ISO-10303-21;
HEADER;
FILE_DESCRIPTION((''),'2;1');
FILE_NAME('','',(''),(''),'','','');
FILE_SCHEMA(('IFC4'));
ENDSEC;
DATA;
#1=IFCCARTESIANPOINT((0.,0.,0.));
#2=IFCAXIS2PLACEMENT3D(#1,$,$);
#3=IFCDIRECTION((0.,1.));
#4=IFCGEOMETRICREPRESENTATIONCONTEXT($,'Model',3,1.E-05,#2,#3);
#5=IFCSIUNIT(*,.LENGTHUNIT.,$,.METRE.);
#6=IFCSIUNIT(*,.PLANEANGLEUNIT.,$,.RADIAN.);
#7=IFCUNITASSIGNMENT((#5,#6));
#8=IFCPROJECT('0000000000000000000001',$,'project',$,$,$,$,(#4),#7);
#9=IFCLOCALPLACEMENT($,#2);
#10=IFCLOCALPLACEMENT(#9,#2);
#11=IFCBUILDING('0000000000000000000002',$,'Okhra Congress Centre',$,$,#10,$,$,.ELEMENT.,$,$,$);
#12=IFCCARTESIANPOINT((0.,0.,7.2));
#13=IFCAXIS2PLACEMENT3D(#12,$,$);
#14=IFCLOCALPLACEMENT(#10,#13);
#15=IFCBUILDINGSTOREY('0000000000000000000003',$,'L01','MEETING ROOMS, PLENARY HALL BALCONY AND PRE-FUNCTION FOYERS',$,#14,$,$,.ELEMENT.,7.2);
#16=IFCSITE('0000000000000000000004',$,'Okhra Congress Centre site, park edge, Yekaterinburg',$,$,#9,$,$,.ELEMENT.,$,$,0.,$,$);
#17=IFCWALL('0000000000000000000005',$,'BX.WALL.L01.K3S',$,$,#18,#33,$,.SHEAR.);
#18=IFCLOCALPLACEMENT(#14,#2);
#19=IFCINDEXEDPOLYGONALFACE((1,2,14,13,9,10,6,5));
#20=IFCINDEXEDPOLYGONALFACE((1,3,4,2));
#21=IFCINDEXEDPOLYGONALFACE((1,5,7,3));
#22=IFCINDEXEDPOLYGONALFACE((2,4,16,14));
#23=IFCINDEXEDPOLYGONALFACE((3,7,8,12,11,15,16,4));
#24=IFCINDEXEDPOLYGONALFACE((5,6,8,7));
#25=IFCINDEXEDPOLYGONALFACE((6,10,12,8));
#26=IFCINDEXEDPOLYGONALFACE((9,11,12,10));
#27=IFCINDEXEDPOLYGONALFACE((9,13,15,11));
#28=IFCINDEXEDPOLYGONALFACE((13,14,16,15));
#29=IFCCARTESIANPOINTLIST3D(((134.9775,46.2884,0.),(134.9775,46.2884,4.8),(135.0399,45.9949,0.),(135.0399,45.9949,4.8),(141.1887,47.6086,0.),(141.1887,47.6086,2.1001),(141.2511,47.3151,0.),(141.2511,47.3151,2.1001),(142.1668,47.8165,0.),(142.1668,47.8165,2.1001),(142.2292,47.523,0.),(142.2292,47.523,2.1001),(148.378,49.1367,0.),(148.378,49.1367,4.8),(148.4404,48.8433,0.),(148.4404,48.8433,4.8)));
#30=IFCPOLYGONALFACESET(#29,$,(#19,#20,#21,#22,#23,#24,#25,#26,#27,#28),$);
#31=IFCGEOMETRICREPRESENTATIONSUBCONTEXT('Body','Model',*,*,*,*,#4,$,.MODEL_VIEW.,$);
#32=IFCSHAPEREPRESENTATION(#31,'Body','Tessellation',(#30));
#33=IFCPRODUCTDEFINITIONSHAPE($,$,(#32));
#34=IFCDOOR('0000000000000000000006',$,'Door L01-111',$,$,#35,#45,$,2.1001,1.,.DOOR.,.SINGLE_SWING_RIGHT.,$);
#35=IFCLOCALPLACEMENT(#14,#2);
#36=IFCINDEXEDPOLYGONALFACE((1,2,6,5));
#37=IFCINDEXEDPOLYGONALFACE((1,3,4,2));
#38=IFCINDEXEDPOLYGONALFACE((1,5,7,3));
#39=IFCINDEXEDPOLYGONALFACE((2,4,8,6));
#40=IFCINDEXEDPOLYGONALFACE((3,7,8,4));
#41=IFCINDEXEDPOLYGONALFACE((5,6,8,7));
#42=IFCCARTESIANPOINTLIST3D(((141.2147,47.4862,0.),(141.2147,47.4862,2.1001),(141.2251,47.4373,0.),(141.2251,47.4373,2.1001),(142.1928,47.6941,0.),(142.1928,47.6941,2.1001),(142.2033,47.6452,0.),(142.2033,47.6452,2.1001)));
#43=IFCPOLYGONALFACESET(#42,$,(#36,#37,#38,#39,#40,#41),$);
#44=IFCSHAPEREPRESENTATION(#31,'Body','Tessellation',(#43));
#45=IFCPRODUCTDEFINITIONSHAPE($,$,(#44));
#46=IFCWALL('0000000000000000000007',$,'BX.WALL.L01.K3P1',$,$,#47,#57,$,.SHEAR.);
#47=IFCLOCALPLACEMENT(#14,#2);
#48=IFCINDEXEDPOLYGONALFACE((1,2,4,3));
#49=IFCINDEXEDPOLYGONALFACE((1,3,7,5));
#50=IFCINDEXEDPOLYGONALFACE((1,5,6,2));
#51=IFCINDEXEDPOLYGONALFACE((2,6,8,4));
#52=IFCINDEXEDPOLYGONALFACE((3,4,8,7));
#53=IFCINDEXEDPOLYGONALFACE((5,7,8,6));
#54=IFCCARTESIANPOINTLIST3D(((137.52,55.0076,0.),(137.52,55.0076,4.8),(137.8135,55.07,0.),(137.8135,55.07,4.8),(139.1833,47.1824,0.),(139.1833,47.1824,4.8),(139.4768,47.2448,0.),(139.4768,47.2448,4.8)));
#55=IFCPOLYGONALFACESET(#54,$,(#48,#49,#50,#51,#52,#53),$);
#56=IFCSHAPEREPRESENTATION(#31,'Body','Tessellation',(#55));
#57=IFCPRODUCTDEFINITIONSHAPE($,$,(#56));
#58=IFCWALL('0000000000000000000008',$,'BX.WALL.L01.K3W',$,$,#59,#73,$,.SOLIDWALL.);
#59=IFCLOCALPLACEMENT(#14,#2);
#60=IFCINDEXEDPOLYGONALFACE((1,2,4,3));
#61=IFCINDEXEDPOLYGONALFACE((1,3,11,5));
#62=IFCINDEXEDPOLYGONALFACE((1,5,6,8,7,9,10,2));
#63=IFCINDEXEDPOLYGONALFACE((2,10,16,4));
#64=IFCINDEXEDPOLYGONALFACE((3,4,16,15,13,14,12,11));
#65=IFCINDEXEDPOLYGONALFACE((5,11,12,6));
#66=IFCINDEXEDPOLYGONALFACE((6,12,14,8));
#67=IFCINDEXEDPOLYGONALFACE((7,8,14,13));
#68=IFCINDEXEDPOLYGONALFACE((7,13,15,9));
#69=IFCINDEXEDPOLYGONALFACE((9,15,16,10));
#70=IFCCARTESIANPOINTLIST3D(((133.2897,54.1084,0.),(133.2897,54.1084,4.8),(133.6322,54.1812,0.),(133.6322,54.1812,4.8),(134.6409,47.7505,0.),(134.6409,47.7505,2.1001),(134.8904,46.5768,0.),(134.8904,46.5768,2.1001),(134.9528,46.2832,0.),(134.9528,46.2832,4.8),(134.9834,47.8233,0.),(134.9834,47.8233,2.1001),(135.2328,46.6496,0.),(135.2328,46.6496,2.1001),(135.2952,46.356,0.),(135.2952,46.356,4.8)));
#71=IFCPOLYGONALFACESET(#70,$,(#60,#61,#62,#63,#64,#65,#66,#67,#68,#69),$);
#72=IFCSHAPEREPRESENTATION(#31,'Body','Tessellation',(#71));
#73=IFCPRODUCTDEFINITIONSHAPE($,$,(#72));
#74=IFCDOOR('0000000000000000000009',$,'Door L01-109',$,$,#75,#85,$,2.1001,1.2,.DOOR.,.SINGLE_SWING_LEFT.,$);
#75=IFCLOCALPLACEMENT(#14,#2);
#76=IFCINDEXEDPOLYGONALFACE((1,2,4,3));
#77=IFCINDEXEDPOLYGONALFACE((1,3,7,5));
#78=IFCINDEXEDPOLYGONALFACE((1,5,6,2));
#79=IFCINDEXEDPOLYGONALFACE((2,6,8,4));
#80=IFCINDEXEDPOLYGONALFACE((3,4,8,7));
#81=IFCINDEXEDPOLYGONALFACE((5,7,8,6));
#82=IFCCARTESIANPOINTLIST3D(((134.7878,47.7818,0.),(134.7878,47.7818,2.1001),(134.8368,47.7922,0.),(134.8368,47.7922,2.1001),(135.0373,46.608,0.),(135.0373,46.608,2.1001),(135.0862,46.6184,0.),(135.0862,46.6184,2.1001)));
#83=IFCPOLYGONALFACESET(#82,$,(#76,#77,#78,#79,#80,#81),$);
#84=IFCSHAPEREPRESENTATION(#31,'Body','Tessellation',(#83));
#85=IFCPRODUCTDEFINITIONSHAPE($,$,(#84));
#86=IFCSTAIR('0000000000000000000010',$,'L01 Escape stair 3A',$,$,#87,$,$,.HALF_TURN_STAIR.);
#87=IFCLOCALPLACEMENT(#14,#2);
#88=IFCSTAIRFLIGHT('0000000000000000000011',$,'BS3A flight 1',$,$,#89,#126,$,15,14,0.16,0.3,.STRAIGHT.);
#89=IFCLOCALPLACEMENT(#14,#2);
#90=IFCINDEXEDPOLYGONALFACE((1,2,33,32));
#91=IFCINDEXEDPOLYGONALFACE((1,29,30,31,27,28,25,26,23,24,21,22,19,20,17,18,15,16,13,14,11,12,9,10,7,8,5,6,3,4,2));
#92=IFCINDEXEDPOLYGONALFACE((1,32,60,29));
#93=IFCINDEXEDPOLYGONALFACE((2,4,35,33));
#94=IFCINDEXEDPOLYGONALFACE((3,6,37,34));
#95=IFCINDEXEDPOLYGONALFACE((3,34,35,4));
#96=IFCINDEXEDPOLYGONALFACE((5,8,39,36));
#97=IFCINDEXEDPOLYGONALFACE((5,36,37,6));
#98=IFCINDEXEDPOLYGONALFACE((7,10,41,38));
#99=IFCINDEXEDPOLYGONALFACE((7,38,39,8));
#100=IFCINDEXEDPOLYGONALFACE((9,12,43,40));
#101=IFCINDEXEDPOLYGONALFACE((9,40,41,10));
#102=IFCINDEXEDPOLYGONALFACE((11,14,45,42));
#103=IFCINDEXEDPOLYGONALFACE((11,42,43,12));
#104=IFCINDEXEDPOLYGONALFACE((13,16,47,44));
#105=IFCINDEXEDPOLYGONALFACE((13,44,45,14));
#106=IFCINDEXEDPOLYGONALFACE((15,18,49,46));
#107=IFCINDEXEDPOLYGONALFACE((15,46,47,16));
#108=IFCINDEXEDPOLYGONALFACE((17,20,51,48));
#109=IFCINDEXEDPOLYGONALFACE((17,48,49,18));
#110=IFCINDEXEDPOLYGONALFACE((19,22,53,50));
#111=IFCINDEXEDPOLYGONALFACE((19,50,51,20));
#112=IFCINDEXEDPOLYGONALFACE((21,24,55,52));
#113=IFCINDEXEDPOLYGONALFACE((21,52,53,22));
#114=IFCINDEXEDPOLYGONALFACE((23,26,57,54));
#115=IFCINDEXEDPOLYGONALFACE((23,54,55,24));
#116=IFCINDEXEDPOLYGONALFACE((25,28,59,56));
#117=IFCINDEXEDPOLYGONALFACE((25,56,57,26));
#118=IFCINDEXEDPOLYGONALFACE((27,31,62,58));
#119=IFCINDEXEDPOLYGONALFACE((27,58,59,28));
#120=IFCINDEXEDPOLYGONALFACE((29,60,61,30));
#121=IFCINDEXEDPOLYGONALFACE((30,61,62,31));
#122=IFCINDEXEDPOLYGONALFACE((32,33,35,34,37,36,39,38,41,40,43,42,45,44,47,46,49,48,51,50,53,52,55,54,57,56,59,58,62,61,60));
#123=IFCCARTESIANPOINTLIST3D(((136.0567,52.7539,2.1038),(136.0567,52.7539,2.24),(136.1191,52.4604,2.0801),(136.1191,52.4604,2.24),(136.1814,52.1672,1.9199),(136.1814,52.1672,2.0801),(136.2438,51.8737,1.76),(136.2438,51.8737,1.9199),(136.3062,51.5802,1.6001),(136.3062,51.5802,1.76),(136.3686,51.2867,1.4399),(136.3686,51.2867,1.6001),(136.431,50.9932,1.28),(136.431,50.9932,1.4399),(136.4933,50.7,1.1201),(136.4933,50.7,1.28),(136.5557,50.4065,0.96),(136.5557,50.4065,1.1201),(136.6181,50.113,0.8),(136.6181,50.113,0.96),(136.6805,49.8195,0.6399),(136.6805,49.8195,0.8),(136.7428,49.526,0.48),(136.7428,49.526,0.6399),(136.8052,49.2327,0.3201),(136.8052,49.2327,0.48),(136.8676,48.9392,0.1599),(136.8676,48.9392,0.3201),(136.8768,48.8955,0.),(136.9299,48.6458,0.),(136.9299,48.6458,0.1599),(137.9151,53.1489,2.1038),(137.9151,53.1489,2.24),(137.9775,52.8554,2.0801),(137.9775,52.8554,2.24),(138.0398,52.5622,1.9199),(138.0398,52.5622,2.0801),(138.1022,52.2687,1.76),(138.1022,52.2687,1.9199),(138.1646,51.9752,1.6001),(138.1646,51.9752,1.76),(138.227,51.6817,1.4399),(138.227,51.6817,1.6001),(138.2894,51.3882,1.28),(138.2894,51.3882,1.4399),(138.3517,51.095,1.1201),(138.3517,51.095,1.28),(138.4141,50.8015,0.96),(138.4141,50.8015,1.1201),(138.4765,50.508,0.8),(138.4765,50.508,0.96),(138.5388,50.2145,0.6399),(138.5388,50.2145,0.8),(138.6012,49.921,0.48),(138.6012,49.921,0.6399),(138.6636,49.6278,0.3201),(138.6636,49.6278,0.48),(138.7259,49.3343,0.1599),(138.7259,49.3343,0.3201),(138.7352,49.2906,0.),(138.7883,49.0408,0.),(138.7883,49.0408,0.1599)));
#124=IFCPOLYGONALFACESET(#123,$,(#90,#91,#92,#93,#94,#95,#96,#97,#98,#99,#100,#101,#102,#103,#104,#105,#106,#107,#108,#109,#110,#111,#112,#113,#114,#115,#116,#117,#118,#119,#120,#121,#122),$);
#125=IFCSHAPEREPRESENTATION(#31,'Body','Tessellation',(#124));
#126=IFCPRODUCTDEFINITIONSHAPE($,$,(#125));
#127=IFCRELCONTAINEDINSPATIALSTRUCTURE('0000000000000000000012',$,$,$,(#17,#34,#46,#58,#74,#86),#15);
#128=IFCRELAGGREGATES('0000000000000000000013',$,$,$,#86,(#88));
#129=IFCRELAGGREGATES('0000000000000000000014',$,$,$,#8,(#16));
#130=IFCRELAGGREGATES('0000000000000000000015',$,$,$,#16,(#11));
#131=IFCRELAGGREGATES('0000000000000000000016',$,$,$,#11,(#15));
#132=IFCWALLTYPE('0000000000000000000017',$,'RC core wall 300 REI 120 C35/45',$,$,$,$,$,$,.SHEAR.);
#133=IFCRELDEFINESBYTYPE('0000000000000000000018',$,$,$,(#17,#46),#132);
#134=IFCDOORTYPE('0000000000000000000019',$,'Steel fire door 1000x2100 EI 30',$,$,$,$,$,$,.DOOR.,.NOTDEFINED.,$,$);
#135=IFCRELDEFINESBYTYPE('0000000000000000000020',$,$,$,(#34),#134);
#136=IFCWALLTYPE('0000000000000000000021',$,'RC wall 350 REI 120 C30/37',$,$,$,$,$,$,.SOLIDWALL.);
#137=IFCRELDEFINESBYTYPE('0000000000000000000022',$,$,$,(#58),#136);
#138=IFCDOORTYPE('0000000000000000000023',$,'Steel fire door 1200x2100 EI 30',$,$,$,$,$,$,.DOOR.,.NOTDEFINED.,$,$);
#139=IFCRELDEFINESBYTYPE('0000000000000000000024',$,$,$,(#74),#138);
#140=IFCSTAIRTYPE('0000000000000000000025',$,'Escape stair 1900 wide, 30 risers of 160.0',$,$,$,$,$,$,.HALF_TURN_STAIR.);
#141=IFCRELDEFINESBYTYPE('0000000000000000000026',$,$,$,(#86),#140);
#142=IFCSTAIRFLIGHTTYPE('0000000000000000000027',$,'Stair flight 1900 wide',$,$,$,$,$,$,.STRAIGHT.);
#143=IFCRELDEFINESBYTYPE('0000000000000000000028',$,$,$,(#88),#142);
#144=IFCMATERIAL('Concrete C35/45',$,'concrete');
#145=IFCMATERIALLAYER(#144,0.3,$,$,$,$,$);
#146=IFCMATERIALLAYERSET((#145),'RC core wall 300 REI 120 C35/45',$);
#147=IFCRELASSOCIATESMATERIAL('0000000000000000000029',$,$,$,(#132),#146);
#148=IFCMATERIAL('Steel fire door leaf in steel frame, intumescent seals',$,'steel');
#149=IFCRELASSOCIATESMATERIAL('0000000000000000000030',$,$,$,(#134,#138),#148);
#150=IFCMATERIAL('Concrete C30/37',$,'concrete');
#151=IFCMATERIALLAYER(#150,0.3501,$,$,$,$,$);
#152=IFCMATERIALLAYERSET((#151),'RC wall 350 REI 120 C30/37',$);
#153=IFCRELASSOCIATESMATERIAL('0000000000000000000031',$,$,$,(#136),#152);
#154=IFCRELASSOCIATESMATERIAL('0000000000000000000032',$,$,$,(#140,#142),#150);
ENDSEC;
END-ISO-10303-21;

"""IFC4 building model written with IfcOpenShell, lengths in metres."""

from ifc_helpers import new_model, si_unit, direction, frame, frame_2d, origin, place, context, subcontext, project, spatial, polyline, rectangle, outline, extrude, material, layer, layer_set, type_object, element, fill, aggregate, save


model = new_model("IFC4")

# Units and contexts
model_context = context("Model", 3, precision=1e-05, world=origin(), true_north=direction((0.0, 1.0)))
body_context = subcontext(model_context, "Body", "Model", "MODEL_VIEW")
ifc_project = project(units=[si_unit("LENGTHUNIT", "METRE"), si_unit("PLANEANGLEUNIT", "RADIAN")], contexts=[model_context])

# Site, building, storey
site_placement = place(None, origin())
site = spatial("IfcSite", under=ifc_project, at=site_placement, Name="Okhra Congress Centre site, park edge, Yekaterinburg", CompositionType="ELEMENT", RefElevation=0.0)
building_placement = place(site_placement, origin())
building = spatial("IfcBuilding", under=site, at=building_placement, Name="Okhra Congress Centre", CompositionType="ELEMENT")
storey_placement = place(building_placement, frame((0.0, 0.0, 7.2)))
storey = spatial("IfcBuildingStorey", under=building, at=storey_placement, Name="L01", Description="MEETING ROOMS, PLENARY HALL BALCONY AND PRE-FUNCTION FOYERS", CompositionType="ELEMENT", Elevation=7.2)

# Wall, opening, door
ifc_material_1 = material(Name="Concrete C35/45", Category="concrete")
ifc_layer_1 = layer(ifc_material_1, 0.3)
ifc_layer_set_1 = layer_set([ifc_layer_1], Name="RC core wall 300 REI 120 C35/45")
wall_type_1 = type_object("IfcWallType", Name="RC core wall 300 REI 120 C35/45", PredefinedType="SHEAR", material=ifc_layer_set_1)
wall_1_placement = place(storey_placement, frame((135.0085, 46.1416, 0.0), z_axis=(0.0, 0.0, 1.0), x_axis=(0.978148, 0.207911, 0.0)))
wall_1 = element("IfcWall", 1, at=wall_1_placement, inside=storey, type_object=wall_type_1, Name="BX.WALL.L01.K3S", PredefinedType="SHEAR", context=body_context, shape_type="SweptSolid", body=[
    extrude(rectangle(XDim=13.7, YDim=0.3, at=frame_2d((6.8501, 0.0))), origin(), (0.0, 0.0, 1.0), 4.8),
])
opening_1_placement = place(wall_1_placement, frame((6.3501, 0.0, 0.0)))
opening_1 = element("IfcOpeningElement", 2, at=opening_1_placement, cuts=wall_1, PredefinedType="OPENING", context=body_context, shape_type="SweptSolid", body=[
    extrude(rectangle(XDim=1.0, YDim=2.1001, at=frame_2d((0.5, 1.05))), frame((0.0, 0.1599, 0.0), z_axis=(0.0, -1.0, 0.0), x_axis=(1.0, 0.0, 0.0)), (0.0, 0.0, 1.0), 0.3201),
])
ifc_material_2 = material(Name="Steel fire door leaf in steel frame, intumescent seals", Category="steel")
door_type_1 = type_object("IfcDoorType", Name="Steel fire door 1000x2100 EI 30", OperationType="NOTDEFINED", PredefinedType="DOOR", material=ifc_material_2)
door_1_placement = place(opening_1_placement, origin())
door_1 = element("IfcDoor", 3, at=door_1_placement, inside=storey, type_object=door_type_1, Name="Door L01-111", OperationType="SINGLE_SWING_RIGHT", OverallHeight=2.1001, OverallWidth=1.0, PredefinedType="DOOR", context=body_context, shape_type="SweptSolid", body=[
    extrude(rectangle(XDim=1.0, YDim=2.1001, at=frame_2d((0.5, 1.05))), frame((0.0, 0.0249, 0.0), z_axis=(0.0, -1.0, 0.0), x_axis=(1.0, 0.0, 0.0)), (0.0, 0.0, 1.0), 0.05),
])
fill(opening_1, door_1)

# Wall
wall_2_placement = place(storey_placement, frame((139.3301, 47.2136, 0.0), z_axis=(0.0, 0.0, 1.0), x_axis=(-0.207916, 0.978147, 0.0)))
element("IfcWall", 4, at=wall_2_placement, inside=storey, type_object=wall_type_1, Name="BX.WALL.L01.K3P1", PredefinedType="SHEAR", context=body_context, shape_type="SweptSolid", body=[
    extrude(rectangle(XDim=8.0, YDim=0.3, at=frame_2d((4.0, 0.0))), origin(), (0.0, 0.0, 1.0), 4.8),
])

# Wall, opening, door
ifc_material_3 = material(Name="Concrete C30/37", Category="concrete")
ifc_layer_2 = layer(ifc_material_3, 0.3501)
ifc_layer_set_2 = layer_set([ifc_layer_2], Name="RC wall 350 REI 120 C30/37")
wall_type_2 = type_object("IfcWallType", Name="RC wall 350 REI 120 C30/37", PredefinedType="SOLIDWALL", material=ifc_layer_set_2)
wall_3_placement = place(storey_placement, frame((135.124, 46.3196, 0.0), z_axis=(0.0, 0.0, 1.0), x_axis=(-0.207886, 0.978153, 0.0)))
wall_3 = element("IfcWall", 5, at=wall_3_placement, inside=storey, type_object=wall_type_2, Name="BX.WALL.L01.K3W", PredefinedType="SOLIDWALL", context=body_context, shape_type="SweptSolid", body=[
    extrude(rectangle(XDim=8.0, YDim=0.3501, at=frame_2d((4.0, 0.0))), origin(), (0.0, 0.0, 1.0), 4.8),
])
opening_2_placement = place(wall_3_placement, frame((0.3, 0.0, 0.0)))
opening_2 = element("IfcOpeningElement", 6, at=opening_2_placement, cuts=wall_3, PredefinedType="OPENING", context=body_context, shape_type="SweptSolid", body=[
    extrude(rectangle(XDim=1.2, YDim=2.1001, at=frame_2d((0.6001, 1.05))), frame((0.0, 0.1851, 0.0), z_axis=(0.0, -1.0, 0.0), x_axis=(1.0, 0.0, 0.0)), (0.0, 0.0, 1.0), 0.3701),
])
door_type_2 = type_object("IfcDoorType", Name="Steel fire door 1200x2100 EI 30", OperationType="NOTDEFINED", PredefinedType="DOOR", material=ifc_material_2)
door_2_placement = place(opening_2_placement, origin())
door_2 = element("IfcDoor", 7, at=door_2_placement, inside=storey, type_object=door_type_2, Name="Door L01-109", OperationType="SINGLE_SWING_LEFT", OverallHeight=2.1001, OverallWidth=1.2, PredefinedType="DOOR", context=body_context, shape_type="SweptSolid", body=[
    extrude(rectangle(XDim=1.2, YDim=2.1001, at=frame_2d((0.6001, 1.05))), frame((0.0, 0.0249, 0.0), z_axis=(0.0, -1.0, 0.0), x_axis=(1.0, 0.0, 0.0)), (0.0, 0.0, 1.0), 0.05),
])
fill(opening_2, door_2)

# Stair, stair flight
stair_type = type_object("IfcStairType", Name="Escape stair 1900 wide, 30 risers of 160.0", PredefinedType="HALF_TURN_STAIR", material=ifc_material_3)
stair_placement = place(storey_placement, origin())
stair = element("IfcStair", 8, at=stair_placement, inside=storey, type_object=stair_type, Name="L01 Escape stair 3A", PredefinedType="HALF_TURN_STAIR")
stair_flight_type = type_object("IfcStairFlightType", Name="Stair flight 1900 wide", PredefinedType="STRAIGHT", material=ifc_material_3)
stair_flight_placement = place(storey_placement, frame((137.8591, 48.8433, 0.0), z_axis=(0.0, 0.0, 1.0), x_axis=(-0.207912, 0.978148, 0.0)))
stair_flight = element("IfcStairFlight", 9, at=stair_flight_placement, type_object=stair_flight_type, Name="BS3A flight 1", NumberOfRisers=15, NumberOfTreads=14, PredefinedType="STRAIGHT", RiserHeight=0.16, TreadLength=0.3, context=body_context, shape_type="SweptSolid", body=[
    extrude(outline(polyline([(0.0, 0.0), (0.0, 0.1599), (0.3, 0.1599), (0.3, 0.3201), (0.6001, 0.3201), (0.6001, 0.48), (0.8999, 0.48), (0.8999, 0.6399), (1.2, 0.6399), (1.2, 0.8), (1.5, 0.8), (1.5, 0.96), (1.8, 0.96), (1.8, 1.1201), (2.1001, 1.1201), (2.1001, 1.28), (2.3999, 1.28), (2.3999, 1.4399), (2.7, 1.4399), (2.7, 1.6001), (3.0, 1.6001), (3.0, 1.76), (3.3, 1.76), (3.3, 1.9199), (3.6001, 1.9199), (3.6001, 2.0801), (3.8999, 2.0801), (3.8999, 2.24), (4.2, 2.24), (4.2, 2.3999), (4.2, 2.1038), (0.2554, 0.0), (0.0, 0.0)])), frame((0.0, 0.95, 0.0), z_axis=(0.0, -1.0, 0.0), x_axis=(1.0, 0.0, 0.0)), (0.0, 0.0, 1.0), 1.8999),
])
aggregate(stair, [stair_flight])

save(model, "model.ifc")
